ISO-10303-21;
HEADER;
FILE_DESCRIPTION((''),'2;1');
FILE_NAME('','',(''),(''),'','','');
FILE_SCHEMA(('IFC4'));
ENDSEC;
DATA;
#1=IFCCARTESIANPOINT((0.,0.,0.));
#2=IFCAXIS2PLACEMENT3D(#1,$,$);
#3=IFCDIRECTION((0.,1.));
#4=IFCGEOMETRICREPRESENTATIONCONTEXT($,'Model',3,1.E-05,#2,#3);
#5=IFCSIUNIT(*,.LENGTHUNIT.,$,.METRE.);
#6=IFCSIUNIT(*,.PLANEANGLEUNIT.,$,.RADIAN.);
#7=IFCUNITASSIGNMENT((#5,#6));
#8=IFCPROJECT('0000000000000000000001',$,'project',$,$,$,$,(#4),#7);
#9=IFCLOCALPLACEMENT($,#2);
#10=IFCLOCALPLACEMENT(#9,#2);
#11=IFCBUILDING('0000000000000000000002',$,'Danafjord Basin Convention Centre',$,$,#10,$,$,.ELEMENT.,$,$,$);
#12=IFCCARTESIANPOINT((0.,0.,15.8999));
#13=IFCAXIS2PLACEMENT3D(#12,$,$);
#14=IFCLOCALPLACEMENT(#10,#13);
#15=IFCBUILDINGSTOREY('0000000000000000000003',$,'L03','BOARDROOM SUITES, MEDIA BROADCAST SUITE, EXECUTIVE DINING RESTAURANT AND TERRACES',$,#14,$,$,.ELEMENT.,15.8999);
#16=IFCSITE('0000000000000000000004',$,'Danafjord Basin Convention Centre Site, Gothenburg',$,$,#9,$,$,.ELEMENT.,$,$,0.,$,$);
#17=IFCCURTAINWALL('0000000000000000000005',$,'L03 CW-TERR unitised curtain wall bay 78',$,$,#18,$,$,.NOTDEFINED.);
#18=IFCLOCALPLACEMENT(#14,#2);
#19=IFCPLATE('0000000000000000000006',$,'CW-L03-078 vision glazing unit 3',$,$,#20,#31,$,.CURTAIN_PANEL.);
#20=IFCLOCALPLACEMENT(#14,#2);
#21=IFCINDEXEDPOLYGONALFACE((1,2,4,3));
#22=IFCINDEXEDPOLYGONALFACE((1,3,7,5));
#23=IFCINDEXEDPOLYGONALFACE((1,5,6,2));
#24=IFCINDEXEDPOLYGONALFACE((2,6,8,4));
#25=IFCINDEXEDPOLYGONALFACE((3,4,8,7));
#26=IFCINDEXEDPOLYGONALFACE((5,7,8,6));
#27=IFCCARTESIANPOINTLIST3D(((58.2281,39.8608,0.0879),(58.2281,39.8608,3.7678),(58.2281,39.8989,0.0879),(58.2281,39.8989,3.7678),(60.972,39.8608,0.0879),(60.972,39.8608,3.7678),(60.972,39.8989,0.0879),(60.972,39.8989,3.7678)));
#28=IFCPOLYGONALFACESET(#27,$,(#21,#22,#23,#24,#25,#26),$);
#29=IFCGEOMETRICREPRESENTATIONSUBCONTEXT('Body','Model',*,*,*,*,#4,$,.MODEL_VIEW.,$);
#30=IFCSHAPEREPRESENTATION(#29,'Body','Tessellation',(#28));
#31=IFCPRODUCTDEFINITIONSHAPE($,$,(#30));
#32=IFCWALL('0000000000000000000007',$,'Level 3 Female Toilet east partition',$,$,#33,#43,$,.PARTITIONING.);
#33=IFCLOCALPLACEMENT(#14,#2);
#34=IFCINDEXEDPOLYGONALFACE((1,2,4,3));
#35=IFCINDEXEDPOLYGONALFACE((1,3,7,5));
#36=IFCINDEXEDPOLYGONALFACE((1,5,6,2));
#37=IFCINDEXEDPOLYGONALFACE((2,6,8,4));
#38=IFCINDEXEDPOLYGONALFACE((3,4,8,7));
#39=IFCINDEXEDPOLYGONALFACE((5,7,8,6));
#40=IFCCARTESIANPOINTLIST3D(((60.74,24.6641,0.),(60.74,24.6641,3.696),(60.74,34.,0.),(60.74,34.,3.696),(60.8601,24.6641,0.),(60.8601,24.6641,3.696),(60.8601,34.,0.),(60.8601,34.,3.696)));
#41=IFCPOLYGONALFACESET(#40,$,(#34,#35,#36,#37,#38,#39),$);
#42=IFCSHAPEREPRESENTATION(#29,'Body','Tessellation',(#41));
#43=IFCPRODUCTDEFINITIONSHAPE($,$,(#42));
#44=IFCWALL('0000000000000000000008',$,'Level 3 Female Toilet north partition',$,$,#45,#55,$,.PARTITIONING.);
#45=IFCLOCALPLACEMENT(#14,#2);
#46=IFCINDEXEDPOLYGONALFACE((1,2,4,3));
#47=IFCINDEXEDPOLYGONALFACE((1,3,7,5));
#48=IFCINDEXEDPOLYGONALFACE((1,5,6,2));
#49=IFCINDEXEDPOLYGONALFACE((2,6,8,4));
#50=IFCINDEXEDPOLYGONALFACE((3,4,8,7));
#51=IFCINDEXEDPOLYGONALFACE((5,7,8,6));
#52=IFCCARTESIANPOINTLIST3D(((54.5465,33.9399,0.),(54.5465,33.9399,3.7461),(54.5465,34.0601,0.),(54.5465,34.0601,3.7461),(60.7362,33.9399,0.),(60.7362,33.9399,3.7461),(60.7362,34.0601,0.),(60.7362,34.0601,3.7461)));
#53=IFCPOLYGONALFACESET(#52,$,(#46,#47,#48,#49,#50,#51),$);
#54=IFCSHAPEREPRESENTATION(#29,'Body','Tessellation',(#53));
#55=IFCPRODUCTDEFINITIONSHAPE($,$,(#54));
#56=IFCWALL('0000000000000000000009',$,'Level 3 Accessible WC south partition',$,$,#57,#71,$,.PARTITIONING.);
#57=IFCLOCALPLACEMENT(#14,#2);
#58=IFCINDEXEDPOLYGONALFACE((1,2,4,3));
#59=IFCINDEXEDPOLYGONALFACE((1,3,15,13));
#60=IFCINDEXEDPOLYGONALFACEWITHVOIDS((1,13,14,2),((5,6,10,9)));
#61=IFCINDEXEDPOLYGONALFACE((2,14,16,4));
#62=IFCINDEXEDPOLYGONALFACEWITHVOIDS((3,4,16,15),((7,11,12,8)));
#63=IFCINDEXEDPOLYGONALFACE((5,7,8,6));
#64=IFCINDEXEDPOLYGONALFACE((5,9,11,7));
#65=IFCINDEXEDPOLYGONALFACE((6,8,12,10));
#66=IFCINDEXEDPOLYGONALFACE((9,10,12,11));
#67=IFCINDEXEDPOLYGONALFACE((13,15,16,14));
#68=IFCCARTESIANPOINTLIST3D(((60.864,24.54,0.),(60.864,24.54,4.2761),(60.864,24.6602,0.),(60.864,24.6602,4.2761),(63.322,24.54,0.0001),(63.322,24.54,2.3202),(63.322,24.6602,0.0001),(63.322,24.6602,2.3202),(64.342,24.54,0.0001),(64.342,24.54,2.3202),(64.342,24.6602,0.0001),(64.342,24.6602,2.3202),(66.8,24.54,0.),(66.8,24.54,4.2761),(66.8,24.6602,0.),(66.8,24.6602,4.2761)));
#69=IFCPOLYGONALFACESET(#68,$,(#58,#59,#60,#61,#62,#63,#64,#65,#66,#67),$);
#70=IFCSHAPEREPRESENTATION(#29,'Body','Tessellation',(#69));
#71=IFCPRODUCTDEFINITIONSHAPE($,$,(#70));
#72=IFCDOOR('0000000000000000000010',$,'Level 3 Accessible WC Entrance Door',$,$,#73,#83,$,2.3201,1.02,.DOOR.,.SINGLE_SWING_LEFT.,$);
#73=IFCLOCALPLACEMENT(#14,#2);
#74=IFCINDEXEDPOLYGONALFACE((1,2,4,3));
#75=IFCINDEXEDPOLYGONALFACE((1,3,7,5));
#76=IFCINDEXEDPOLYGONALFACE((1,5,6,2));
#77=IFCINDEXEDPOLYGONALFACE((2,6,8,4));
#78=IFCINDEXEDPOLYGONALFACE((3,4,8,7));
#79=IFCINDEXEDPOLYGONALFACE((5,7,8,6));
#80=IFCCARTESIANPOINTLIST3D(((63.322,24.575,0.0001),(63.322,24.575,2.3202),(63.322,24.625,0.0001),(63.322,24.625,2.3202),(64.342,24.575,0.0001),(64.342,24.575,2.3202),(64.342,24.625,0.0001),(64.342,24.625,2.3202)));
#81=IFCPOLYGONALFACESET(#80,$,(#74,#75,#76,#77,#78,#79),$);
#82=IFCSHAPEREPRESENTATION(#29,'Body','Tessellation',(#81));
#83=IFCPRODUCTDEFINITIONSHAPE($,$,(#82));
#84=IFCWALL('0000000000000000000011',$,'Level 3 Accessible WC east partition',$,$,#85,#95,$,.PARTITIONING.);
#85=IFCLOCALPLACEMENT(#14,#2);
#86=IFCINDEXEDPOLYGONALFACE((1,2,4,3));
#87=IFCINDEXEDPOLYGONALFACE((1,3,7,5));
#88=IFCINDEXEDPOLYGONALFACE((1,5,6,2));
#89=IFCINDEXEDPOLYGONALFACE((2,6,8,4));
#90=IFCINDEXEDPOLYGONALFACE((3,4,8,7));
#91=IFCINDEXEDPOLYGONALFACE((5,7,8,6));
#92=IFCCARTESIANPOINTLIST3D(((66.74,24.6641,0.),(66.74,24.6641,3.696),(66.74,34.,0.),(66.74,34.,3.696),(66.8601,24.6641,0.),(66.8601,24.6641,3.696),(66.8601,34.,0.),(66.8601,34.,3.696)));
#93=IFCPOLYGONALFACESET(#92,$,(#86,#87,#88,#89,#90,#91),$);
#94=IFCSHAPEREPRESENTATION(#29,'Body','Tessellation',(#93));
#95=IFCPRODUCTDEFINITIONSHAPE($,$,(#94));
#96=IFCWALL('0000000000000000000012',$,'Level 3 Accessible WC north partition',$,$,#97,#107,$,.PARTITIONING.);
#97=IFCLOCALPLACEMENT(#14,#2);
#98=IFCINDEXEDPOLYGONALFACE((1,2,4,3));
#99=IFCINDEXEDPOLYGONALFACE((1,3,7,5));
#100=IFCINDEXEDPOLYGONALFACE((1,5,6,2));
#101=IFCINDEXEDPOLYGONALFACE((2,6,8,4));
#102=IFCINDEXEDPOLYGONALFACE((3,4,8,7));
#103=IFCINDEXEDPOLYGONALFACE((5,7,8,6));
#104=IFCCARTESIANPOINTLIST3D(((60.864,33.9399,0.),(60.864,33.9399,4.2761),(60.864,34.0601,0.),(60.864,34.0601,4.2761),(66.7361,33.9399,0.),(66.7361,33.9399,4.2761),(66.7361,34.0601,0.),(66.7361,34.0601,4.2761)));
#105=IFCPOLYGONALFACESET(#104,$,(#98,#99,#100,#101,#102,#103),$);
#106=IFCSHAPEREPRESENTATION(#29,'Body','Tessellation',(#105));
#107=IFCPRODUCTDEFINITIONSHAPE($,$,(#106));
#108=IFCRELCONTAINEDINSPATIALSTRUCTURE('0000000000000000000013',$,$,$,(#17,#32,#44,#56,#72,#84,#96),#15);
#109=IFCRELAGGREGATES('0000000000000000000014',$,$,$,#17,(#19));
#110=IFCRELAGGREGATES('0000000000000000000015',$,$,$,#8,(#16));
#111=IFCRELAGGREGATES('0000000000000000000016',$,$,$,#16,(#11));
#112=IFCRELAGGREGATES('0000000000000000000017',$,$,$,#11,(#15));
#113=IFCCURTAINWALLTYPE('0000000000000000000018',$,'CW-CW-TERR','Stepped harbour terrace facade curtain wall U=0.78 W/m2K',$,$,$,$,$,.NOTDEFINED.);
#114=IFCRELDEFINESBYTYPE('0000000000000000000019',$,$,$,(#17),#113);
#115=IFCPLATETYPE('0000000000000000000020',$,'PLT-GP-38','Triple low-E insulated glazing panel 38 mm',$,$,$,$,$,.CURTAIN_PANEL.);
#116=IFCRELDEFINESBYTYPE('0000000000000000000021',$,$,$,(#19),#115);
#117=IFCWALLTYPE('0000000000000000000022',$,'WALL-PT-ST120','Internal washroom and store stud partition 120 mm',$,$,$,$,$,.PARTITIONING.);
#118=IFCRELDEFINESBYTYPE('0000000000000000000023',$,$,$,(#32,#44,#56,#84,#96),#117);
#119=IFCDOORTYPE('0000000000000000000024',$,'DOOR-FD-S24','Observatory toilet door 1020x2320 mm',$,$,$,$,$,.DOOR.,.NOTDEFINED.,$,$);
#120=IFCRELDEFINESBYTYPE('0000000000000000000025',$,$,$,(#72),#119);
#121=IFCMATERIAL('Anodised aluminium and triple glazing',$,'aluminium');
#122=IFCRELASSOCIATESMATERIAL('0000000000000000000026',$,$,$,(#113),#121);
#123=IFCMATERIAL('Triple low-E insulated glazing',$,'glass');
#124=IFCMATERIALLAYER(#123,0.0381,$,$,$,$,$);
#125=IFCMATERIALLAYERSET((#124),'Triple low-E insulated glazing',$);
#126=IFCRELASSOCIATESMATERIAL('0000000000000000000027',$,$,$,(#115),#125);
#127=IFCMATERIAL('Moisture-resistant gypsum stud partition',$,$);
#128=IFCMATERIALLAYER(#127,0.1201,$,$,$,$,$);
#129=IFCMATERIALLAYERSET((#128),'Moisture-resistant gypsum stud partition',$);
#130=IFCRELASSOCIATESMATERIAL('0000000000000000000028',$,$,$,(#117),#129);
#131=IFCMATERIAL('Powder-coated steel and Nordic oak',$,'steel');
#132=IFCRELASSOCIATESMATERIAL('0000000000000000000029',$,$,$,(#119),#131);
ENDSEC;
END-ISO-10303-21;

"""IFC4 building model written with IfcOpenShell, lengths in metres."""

from ifc_helpers import new_model, si_unit, direction, frame, frame_2d, origin, origin_2d, place, context, subcontext, project, spatial, rectangle, extrude, material, layer, layer_set, type_object, element, fill, aggregate, save


model = new_model("IFC4")

# Units and contexts
model_context = context("Model", 3, precision=1e-05, world=origin(), true_north=direction((0.0, 1.0)))
body_context = subcontext(model_context, "Body", "Model", "MODEL_VIEW")
ifc_project = project(units=[si_unit("LENGTHUNIT", "METRE"), si_unit("PLANEANGLEUNIT", "RADIAN")], contexts=[model_context])

# Site, building, storey
site_placement = place(None, origin())
site = spatial("IfcSite", under=ifc_project, at=site_placement, Name="Danafjord Basin Convention Centre Site, Gothenburg", CompositionType="ELEMENT", RefElevation=0.0)
building_placement = place(site_placement, origin())
building = spatial("IfcBuilding", under=site, at=building_placement, Name="Danafjord Basin Convention Centre", CompositionType="ELEMENT")
storey_placement = place(building_placement, frame((0.0, 0.0, 15.8999)))
storey = spatial("IfcBuildingStorey", under=building, at=storey_placement, Name="L03", Description="BOARDROOM SUITES, MEDIA BROADCAST SUITE, EXECUTIVE DINING RESTAURANT AND TERRACES", CompositionType="ELEMENT", Elevation=15.8999)

# Curtain wall, plate
ifc_material_1 = material(Name="Anodised aluminium and triple glazing", Category="aluminium")
curtain_wall_type = type_object("IfcCurtainWallType", Name="CW-CW-TERR", Description="Stepped harbour terrace facade curtain wall U=0.78 W/m2K", PredefinedType="NOTDEFINED", material=ifc_material_1)
curtain_wall_placement = place(storey_placement, origin())
curtain_wall = element("IfcCurtainWall", 1, at=curtain_wall_placement, inside=storey, type_object=curtain_wall_type, Name="L03 CW-TERR unitised curtain wall bay 78", PredefinedType="NOTDEFINED")
ifc_material_2 = material(Name="Triple low-E insulated glazing", Category="glass")
ifc_layer_1 = layer(ifc_material_2, 0.0381)
ifc_layer_set_1 = layer_set([ifc_layer_1], Name="Triple low-E insulated glazing")
plate_type = type_object("IfcPlateType", Name="PLT-GP-38", Description="Triple low-E insulated glazing panel 38 mm", PredefinedType="CURTAIN_PANEL", material=ifc_layer_set_1)
plate_1_placement = place(storey_placement, frame((59.6001, 39.8799, 0.0879), z_axis=(0.0, 0.0, 1.0), x_axis=(-1.0, 0.0, 0.0)))
plate_1 = element("IfcPlate", 2, at=plate_1_placement, type_object=plate_type, Name="CW-L03-078 vision glazing unit 3", PredefinedType="CURTAIN_PANEL", context=body_context, shape_type="SweptSolid", body=[
    extrude(rectangle(XDim=2.7439, YDim=0.0381, at=origin_2d()), origin(), (0.0, 0.0, 1.0), 3.6799),
])
aggregate(curtain_wall, [plate_1])

# Walls
ifc_material_3 = material(Name="Moisture-resistant gypsum stud partition")
ifc_layer_2 = layer(ifc_material_3, 0.1201)
ifc_layer_set_2 = layer_set([ifc_layer_2], Name="Moisture-resistant gypsum stud partition")
wall_type = type_object("IfcWallType", Name="WALL-PT-ST120", Description="Internal washroom and store stud partition 120 mm", PredefinedType="PARTITIONING", material=ifc_layer_set_2)
wall_1_placement = place(storey_placement, frame((60.8, 24.6641, 0.0), z_axis=(0.0, 0.0, 1.0), x_axis=(0.0, 1.0, 0.0)))
element("IfcWall", 3, at=wall_1_placement, inside=storey, type_object=wall_type, Name="Level 3 Female Toilet east partition", PredefinedType="PARTITIONING", context=body_context, shape_type="SweptSolid", body=[
    extrude(rectangle(XDim=9.3359, YDim=0.1201, at=frame_2d((4.668, 0.0))), origin(), (0.0, 0.0, 1.0), 3.696),
])
wall_2_placement = place(storey_placement, frame((60.7361, 34.0, 0.0), z_axis=(0.0, 0.0, 1.0), x_axis=(-1.0, 0.0, 0.0)))
element("IfcWall", 4, at=wall_2_placement, inside=storey, type_object=wall_type, Name="Level 3 Female Toilet north partition", PredefinedType="PARTITIONING", context=body_context, shape_type="SweptSolid", body=[
    extrude(rectangle(XDim=6.1897, YDim=0.1201, at=frame_2d((3.0947, 0.0))), origin(), (0.0, 0.0, 1.0), 3.7461),
])

# Wall, opening, door
wall_3_placement = place(storey_placement, frame((60.864, 24.6001, 0.0), z_axis=(0.0, 0.0, 1.0), x_axis=(1.0, 0.0, 0.0)))
wall_3 = element("IfcWall", 5, at=wall_3_placement, inside=storey, type_object=wall_type, Name="Level 3 Accessible WC south partition", PredefinedType="PARTITIONING", context=body_context, shape_type="SweptSolid", body=[
    extrude(rectangle(XDim=5.936, YDim=0.1201, at=frame_2d((2.968, 0.0))), origin(), (0.0, 0.0, 1.0), 4.2761),
])
opening_placement = place(wall_3_placement, frame((2.458, 0.0, 0.0)))
opening = element("IfcOpeningElement", 6, at=opening_placement, cuts=wall_3, PredefinedType="OPENING", context=body_context, shape_type="SweptSolid", body=[
    extrude(rectangle(XDim=1.02, YDim=2.3201, at=frame_2d((0.51, 1.1602))), frame((0.0, 0.0701, 0.0), z_axis=(0.0, -1.0, 0.0), x_axis=(1.0, 0.0, 0.0)), (0.0, 0.0, 1.0), 0.1401),
])
ifc_material_4 = material(Name="Powder-coated steel and Nordic oak", Category="steel")
door_type = type_object("IfcDoorType", Name="DOOR-FD-S24", Description="Observatory toilet door 1020x2320 mm", OperationType="NOTDEFINED", PredefinedType="DOOR", material=ifc_material_4)
door_placement = place(opening_placement, origin())
door = element("IfcDoor", 7, at=door_placement, inside=storey, type_object=door_type, Name="Level 3 Accessible WC Entrance Door", OperationType="SINGLE_SWING_LEFT", OverallHeight=2.3201, OverallWidth=1.02, PredefinedType="DOOR", context=body_context, shape_type="SweptSolid", body=[
    extrude(rectangle(XDim=1.02, YDim=2.3201, at=frame_2d((0.51, 1.1602))), frame((0.0, 0.0249, 0.0), z_axis=(0.0, -1.0, 0.0), x_axis=(1.0, 0.0, 0.0)), (0.0, 0.0, 1.0), 0.05),
])
fill(opening, door)

# Walls
wall_4_placement = place(storey_placement, frame((66.8, 24.6641, 0.0), z_axis=(0.0, 0.0, 1.0), x_axis=(0.0, 1.0, 0.0)))
element("IfcWall", 8, at=wall_4_placement, inside=storey, type_object=wall_type, Name="Level 3 Accessible WC east partition", PredefinedType="PARTITIONING", context=body_context, shape_type="SweptSolid", body=[
    extrude(rectangle(XDim=9.3359, YDim=0.1201, at=frame_2d((4.668, 0.0))), origin(), (0.0, 0.0, 1.0), 3.696),
])
wall_5_placement = place(storey_placement, frame((66.7361, 34.0, 0.0), z_axis=(0.0, 0.0, 1.0), x_axis=(-1.0, 0.0, 0.0)))
element("IfcWall", 9, at=wall_5_placement, inside=storey, type_object=wall_type, Name="Level 3 Accessible WC north partition", PredefinedType="PARTITIONING", context=body_context, shape_type="SweptSolid", body=[
    extrude(rectangle(XDim=5.8721, YDim=0.1201, at=frame_2d((2.936, 0.0))), origin(), (0.0, 0.0, 1.0), 4.2761),
])

save(model, "model.ifc")
